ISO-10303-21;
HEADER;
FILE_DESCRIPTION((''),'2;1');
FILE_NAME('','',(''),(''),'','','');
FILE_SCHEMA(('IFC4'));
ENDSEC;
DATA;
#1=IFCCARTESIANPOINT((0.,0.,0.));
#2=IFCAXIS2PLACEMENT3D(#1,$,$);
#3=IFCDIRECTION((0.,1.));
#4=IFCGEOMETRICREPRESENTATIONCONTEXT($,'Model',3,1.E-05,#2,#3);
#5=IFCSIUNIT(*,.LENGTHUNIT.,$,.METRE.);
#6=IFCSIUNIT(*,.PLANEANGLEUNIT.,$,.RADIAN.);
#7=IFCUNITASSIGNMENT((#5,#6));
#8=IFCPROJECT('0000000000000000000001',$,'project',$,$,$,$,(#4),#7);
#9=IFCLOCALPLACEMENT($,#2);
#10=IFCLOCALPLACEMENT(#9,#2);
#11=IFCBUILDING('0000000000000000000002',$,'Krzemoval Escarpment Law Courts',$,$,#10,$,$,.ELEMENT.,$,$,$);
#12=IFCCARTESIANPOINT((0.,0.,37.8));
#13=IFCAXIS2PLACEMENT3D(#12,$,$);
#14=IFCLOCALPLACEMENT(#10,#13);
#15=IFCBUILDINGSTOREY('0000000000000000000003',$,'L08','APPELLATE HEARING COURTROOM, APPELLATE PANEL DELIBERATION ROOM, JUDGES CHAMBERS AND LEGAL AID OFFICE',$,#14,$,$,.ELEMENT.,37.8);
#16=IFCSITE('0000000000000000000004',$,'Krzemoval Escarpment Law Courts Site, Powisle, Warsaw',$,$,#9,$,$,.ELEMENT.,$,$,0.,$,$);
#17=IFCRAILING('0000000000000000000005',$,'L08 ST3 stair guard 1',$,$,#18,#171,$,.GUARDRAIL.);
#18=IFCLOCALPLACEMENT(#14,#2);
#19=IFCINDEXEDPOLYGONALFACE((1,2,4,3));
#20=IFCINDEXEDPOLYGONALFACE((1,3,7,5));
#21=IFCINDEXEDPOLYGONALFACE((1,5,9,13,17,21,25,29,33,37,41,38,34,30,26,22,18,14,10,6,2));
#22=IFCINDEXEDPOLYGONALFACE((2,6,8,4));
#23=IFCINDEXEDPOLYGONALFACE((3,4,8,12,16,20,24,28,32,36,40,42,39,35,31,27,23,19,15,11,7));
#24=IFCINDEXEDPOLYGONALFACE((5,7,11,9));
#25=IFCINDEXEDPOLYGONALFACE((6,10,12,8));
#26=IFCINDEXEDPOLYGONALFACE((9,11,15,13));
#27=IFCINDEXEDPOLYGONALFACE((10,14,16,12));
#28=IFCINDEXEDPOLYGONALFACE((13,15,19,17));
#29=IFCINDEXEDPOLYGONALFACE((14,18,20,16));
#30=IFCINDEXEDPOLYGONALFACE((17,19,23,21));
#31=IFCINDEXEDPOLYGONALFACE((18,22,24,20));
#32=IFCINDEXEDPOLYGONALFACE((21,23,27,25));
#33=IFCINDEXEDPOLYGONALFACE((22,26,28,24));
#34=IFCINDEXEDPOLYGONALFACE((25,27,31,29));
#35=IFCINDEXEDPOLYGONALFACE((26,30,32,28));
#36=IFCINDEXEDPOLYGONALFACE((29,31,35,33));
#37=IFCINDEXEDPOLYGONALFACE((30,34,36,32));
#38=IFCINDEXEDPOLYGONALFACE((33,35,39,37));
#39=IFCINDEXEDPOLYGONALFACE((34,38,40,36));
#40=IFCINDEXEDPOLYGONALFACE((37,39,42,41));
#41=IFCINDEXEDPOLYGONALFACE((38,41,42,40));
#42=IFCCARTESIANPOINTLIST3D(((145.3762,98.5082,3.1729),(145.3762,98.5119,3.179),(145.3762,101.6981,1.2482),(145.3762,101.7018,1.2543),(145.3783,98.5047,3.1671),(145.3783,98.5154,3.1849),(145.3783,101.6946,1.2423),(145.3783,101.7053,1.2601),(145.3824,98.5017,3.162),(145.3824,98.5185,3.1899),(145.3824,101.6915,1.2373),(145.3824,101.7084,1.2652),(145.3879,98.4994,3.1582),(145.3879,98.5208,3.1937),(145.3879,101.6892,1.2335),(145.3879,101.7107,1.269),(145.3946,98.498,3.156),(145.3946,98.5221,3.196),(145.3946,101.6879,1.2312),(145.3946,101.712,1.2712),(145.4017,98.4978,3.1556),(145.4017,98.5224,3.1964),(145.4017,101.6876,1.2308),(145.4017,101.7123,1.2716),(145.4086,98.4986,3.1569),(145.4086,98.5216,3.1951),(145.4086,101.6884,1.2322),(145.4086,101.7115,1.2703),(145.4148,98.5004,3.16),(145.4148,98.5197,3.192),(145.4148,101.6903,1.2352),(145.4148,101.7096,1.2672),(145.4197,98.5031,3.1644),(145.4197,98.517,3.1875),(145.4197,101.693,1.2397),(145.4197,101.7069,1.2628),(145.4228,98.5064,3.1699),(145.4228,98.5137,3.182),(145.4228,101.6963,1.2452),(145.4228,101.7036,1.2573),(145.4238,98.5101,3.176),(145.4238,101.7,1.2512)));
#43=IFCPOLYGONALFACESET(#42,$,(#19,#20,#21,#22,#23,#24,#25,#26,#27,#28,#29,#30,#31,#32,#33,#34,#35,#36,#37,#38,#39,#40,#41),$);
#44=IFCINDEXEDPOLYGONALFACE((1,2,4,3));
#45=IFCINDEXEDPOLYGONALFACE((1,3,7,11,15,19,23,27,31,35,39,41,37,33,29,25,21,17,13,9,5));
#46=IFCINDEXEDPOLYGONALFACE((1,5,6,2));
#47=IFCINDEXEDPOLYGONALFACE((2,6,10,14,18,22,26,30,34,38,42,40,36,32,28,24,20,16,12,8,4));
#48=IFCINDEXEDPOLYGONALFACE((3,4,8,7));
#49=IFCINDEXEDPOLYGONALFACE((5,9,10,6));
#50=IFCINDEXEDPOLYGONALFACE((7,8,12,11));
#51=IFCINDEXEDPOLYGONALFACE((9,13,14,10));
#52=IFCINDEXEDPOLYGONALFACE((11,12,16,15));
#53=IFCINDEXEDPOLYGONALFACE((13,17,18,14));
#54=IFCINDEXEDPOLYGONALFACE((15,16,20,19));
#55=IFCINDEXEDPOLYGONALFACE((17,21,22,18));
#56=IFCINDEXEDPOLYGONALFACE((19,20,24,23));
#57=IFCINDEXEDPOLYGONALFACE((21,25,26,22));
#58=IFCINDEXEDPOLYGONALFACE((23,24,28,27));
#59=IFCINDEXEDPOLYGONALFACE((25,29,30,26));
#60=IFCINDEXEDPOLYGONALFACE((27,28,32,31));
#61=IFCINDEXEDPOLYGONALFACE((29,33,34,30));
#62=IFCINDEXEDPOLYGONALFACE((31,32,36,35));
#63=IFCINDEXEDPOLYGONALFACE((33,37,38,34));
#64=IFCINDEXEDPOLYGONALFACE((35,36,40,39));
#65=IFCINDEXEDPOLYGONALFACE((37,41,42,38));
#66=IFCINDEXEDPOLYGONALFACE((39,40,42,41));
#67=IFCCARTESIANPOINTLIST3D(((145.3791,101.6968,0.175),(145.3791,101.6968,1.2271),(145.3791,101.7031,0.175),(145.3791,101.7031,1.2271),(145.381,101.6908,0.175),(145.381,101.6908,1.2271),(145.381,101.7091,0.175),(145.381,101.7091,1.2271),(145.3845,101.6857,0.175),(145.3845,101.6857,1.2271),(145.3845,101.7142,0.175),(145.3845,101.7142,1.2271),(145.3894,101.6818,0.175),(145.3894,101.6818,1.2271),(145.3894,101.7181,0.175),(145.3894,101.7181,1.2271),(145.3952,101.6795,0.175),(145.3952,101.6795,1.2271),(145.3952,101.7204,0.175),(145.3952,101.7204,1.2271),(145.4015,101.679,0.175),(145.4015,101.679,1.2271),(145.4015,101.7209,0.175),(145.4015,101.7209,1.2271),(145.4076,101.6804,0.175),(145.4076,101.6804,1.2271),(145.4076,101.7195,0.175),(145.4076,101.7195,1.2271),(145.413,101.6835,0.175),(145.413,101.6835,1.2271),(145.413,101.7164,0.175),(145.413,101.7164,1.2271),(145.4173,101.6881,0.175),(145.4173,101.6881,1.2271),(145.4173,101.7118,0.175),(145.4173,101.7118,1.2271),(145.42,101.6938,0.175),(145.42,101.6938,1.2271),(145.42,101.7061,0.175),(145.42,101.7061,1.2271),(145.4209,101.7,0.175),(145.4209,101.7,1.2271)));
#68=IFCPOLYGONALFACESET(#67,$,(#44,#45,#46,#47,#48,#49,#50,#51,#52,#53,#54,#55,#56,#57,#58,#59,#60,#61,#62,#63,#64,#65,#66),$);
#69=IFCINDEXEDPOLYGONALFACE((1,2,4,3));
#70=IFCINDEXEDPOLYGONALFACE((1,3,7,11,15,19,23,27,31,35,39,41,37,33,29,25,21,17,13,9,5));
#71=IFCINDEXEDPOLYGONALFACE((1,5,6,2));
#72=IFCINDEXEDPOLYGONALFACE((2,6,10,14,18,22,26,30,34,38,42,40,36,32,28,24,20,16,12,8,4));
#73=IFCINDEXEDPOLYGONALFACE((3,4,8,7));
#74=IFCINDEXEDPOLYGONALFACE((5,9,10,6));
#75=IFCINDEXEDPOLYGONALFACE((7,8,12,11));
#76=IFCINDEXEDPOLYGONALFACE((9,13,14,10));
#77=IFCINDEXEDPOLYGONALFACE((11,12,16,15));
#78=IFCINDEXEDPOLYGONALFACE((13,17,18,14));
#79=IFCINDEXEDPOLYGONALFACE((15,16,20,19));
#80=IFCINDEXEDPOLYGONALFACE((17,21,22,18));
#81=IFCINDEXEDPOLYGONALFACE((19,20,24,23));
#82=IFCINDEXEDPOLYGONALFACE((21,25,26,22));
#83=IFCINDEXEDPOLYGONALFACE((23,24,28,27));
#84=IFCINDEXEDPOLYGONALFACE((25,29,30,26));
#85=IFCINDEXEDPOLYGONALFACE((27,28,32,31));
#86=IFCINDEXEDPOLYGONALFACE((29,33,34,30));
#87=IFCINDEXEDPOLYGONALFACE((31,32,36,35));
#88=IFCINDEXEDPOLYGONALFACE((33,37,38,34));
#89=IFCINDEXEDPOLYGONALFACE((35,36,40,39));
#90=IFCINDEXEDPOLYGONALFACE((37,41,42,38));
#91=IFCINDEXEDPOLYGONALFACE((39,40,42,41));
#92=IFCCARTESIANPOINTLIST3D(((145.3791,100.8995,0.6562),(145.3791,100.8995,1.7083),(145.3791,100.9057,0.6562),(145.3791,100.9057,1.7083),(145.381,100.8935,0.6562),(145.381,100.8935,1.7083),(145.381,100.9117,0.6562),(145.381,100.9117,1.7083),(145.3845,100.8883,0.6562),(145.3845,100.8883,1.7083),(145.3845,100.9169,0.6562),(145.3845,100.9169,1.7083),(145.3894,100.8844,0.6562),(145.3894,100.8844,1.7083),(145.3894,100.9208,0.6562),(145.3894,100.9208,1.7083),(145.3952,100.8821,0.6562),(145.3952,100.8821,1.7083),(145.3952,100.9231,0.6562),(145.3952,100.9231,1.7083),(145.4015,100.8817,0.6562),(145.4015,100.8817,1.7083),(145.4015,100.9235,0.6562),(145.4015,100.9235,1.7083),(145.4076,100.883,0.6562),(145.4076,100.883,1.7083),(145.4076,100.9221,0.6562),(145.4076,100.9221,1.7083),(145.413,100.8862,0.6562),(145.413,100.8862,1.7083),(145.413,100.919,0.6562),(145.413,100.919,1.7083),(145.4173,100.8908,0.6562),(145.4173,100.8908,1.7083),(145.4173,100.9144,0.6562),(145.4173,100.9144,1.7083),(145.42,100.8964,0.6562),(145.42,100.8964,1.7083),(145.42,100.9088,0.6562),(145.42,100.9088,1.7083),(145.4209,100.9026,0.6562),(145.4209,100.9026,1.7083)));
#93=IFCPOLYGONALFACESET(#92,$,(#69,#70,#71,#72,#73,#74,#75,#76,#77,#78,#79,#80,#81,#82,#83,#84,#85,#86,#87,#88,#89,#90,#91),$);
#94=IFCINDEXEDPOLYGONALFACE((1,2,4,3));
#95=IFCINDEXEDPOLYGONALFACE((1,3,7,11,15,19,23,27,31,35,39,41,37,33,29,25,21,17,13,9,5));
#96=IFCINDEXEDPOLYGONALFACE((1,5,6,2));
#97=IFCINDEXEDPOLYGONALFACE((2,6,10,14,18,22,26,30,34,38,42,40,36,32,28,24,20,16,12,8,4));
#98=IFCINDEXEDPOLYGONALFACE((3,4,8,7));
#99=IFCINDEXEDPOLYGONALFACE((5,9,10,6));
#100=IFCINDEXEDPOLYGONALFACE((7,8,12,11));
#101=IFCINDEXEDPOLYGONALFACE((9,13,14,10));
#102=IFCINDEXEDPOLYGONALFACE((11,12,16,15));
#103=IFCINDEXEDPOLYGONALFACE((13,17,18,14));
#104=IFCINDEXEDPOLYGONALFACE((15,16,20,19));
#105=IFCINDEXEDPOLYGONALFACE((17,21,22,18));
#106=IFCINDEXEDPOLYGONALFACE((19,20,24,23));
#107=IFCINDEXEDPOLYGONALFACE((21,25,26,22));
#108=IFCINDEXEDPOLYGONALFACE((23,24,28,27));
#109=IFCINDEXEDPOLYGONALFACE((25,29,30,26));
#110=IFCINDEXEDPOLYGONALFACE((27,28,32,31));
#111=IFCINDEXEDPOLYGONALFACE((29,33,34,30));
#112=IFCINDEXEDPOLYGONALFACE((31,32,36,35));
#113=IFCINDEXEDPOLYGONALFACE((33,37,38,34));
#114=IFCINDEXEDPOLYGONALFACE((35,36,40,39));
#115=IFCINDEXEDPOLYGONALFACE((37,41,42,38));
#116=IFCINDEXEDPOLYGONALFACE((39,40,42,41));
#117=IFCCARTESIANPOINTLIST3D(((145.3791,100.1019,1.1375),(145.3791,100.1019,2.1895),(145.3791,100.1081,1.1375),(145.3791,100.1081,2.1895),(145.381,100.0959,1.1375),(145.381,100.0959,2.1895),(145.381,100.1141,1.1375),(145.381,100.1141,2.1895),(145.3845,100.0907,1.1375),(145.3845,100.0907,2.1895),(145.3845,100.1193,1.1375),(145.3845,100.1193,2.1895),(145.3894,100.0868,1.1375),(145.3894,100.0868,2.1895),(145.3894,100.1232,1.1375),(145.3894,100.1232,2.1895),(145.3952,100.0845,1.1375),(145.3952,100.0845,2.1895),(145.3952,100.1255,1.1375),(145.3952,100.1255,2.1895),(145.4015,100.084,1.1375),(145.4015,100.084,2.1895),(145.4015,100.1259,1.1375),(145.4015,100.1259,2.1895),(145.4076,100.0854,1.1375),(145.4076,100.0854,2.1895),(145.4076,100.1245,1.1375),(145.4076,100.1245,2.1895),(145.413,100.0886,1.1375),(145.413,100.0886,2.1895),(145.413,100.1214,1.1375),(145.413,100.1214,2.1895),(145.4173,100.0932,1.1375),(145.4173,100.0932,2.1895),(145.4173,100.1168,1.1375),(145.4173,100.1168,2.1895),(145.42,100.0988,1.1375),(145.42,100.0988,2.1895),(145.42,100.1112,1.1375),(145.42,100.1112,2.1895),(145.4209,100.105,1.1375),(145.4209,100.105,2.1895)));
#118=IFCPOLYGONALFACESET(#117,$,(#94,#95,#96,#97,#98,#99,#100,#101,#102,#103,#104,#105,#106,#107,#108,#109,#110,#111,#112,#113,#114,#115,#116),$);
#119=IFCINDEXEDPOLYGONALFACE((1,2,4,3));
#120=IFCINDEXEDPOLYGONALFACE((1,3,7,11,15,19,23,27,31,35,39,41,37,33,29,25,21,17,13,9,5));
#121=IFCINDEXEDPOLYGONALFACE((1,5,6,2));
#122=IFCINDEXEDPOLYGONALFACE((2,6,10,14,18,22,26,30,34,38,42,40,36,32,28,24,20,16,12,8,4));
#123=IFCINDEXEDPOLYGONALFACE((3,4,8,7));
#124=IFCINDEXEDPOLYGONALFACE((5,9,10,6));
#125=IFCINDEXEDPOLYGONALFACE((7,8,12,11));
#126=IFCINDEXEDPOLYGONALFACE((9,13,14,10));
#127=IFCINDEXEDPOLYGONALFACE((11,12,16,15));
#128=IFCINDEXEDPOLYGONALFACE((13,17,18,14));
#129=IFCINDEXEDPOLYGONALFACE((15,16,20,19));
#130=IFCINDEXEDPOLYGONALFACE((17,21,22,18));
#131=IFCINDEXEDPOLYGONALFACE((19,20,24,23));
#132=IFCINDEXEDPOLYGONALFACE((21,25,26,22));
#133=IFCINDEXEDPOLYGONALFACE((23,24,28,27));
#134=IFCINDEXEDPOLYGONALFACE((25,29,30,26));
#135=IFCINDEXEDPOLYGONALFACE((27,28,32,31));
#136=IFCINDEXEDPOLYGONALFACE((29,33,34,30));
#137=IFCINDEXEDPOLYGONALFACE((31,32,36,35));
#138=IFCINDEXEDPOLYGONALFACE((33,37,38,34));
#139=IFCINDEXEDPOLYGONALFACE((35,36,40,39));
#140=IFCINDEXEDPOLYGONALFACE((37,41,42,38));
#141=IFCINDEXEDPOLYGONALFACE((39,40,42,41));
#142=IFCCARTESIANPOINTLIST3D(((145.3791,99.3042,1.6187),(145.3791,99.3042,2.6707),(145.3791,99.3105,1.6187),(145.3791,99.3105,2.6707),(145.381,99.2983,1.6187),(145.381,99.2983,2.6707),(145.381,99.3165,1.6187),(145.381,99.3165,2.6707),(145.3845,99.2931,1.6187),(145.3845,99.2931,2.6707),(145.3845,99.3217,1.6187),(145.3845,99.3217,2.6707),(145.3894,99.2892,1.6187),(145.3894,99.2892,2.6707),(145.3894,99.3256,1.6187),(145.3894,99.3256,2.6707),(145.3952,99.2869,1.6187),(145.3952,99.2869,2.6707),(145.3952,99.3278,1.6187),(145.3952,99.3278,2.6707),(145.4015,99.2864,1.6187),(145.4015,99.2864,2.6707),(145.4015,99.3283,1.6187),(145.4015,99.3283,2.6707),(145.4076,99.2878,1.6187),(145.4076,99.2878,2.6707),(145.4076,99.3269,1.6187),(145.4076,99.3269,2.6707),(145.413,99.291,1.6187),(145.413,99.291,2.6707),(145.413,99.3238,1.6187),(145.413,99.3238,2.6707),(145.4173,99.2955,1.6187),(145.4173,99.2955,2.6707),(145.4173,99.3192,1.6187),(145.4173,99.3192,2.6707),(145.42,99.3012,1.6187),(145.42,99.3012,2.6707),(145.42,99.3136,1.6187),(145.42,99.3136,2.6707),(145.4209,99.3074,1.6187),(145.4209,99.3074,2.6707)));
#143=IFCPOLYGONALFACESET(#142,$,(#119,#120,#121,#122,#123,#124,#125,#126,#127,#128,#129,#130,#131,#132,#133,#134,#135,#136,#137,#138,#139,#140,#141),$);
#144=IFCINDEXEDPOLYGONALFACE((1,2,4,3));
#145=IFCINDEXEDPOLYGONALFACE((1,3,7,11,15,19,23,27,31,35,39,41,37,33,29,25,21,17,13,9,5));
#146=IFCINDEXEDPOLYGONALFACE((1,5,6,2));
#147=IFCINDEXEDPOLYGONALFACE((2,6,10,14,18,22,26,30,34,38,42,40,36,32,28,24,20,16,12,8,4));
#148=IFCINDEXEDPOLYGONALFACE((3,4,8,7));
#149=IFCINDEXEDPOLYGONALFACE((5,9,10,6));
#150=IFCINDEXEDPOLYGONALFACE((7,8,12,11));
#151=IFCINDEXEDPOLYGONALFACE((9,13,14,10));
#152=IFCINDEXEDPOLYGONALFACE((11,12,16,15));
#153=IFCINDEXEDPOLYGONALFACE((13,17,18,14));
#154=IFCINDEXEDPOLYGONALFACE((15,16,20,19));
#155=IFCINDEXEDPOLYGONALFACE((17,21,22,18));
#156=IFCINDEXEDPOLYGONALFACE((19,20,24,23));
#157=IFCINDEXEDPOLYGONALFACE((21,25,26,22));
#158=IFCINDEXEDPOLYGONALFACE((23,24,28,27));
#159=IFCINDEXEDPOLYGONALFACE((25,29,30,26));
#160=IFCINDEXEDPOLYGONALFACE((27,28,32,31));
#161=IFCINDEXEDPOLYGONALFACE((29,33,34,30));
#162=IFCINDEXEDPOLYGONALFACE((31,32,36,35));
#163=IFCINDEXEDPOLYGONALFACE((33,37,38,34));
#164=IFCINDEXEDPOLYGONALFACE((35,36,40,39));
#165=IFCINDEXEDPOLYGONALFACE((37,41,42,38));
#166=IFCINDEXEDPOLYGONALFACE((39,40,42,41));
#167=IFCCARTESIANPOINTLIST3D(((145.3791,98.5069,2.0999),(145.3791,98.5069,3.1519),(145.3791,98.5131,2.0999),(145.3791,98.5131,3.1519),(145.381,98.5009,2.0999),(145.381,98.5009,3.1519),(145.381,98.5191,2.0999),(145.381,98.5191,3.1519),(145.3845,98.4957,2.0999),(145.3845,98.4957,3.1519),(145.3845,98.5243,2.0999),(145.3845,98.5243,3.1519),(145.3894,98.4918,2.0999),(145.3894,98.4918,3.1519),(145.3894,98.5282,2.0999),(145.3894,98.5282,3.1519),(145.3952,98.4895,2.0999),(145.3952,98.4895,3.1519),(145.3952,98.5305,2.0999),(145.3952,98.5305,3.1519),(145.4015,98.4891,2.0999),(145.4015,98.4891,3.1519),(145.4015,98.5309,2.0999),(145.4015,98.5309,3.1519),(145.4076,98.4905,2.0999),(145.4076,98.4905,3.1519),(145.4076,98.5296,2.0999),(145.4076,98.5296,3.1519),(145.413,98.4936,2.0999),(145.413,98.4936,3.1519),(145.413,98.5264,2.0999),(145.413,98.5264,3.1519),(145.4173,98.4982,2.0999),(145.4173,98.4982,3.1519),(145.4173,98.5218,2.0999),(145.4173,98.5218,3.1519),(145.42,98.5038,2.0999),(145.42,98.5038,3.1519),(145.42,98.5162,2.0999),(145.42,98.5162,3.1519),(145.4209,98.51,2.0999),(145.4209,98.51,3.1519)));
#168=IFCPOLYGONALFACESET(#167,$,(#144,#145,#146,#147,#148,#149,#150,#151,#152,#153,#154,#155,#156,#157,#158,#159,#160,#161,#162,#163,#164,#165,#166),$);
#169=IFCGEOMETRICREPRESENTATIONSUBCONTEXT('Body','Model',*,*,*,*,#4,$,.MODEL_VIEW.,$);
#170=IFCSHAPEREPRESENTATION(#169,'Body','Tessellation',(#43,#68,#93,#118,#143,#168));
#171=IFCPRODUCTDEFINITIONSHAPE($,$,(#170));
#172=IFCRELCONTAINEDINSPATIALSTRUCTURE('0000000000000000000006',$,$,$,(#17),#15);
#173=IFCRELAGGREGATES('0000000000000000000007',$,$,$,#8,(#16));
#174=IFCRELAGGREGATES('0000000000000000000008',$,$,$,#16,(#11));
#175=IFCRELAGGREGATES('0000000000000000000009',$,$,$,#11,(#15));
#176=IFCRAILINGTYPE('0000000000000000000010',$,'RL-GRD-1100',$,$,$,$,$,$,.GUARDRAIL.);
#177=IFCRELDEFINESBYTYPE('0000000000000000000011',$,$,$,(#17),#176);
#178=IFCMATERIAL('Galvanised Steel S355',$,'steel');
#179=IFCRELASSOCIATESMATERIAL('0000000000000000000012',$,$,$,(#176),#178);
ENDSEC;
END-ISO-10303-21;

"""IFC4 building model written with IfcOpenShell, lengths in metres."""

from ifc_helpers import new_model, si_unit, direction, frame, origin, origin_2d, place, context, subcontext, project, spatial, circle, extrude, material, type_object, element, save


model = new_model("IFC4")

# Units and contexts
model_context = context("Model", 3, precision=1e-05, world=origin(), true_north=direction((0.0, 1.0)))
body_context = subcontext(model_context, "Body", "Model", "MODEL_VIEW")
ifc_project = project(units=[si_unit("LENGTHUNIT", "METRE"), si_unit("PLANEANGLEUNIT", "RADIAN")], contexts=[model_context])

# Site, building, storey
site_placement = place(None, origin())
site = spatial("IfcSite", under=ifc_project, at=site_placement, Name="Krzemoval Escarpment Law Courts Site, Powisle, Warsaw", CompositionType="ELEMENT", RefElevation=0.0)
building_placement = place(site_placement, origin())
building = spatial("IfcBuilding", under=site, at=building_placement, Name="Krzemoval Escarpment Law Courts", CompositionType="ELEMENT")
storey_placement = place(building_placement, frame((0.0, 0.0, 37.8)))
storey = spatial("IfcBuildingStorey", under=building, at=storey_placement, Name="L08", Description="APPELLATE HEARING COURTROOM, APPELLATE PANEL DELIBERATION ROOM, JUDGES CHAMBERS AND LEGAL AID OFFICE", CompositionType="ELEMENT", Elevation=37.8)

# Railing
ifc_material_1 = material(Name="Galvanised Steel S355", Category="steel")
railing_type_1 = type_object("IfcRailingType", Name="RL-GRD-1100", PredefinedType="GUARDRAIL", material=ifc_material_1)
railing_1_placement = place(storey_placement, frame((145.3999, 101.7, 0.175)))
element("IfcRailing", 1, at=railing_1_placement, inside=storey, type_object=railing_type_1, Name="L08 ST3 stair guard 1", PredefinedType="GUARDRAIL", context=body_context, shape_type="SweptSolid", body=[
    extrude(circle(Radius=0.0239, at=origin_2d()), frame((0.0, 0.0, 1.0762), z_axis=(0.0, -0.856207, 0.516633), x_axis=(1.0, 0.0, 0.0)), (0.0, 0.0, 1.0), 3.7256),
    extrude(circle(Radius=0.021, at=origin_2d()), origin(), (0.0, 0.0, 1.0), 1.052),
    extrude(circle(Radius=0.021, at=origin_2d()), frame((0.0, -0.7974, 0.4812)), (0.0, 0.0, 1.0), 1.052),
    extrude(circle(Radius=0.021, at=origin_2d()), frame((0.0, -1.595, 0.9624)), (0.0, 0.0, 1.0), 1.052),
    extrude(circle(Radius=0.021, at=origin_2d()), frame((0.0, -2.3926, 1.4436)), (0.0, 0.0, 1.0), 1.052),
    extrude(circle(Radius=0.021, at=origin_2d()), frame((0.0, -3.1899, 1.9248)), (0.0, 0.0, 1.0), 1.052),
])

save(model, "model.ifc")
